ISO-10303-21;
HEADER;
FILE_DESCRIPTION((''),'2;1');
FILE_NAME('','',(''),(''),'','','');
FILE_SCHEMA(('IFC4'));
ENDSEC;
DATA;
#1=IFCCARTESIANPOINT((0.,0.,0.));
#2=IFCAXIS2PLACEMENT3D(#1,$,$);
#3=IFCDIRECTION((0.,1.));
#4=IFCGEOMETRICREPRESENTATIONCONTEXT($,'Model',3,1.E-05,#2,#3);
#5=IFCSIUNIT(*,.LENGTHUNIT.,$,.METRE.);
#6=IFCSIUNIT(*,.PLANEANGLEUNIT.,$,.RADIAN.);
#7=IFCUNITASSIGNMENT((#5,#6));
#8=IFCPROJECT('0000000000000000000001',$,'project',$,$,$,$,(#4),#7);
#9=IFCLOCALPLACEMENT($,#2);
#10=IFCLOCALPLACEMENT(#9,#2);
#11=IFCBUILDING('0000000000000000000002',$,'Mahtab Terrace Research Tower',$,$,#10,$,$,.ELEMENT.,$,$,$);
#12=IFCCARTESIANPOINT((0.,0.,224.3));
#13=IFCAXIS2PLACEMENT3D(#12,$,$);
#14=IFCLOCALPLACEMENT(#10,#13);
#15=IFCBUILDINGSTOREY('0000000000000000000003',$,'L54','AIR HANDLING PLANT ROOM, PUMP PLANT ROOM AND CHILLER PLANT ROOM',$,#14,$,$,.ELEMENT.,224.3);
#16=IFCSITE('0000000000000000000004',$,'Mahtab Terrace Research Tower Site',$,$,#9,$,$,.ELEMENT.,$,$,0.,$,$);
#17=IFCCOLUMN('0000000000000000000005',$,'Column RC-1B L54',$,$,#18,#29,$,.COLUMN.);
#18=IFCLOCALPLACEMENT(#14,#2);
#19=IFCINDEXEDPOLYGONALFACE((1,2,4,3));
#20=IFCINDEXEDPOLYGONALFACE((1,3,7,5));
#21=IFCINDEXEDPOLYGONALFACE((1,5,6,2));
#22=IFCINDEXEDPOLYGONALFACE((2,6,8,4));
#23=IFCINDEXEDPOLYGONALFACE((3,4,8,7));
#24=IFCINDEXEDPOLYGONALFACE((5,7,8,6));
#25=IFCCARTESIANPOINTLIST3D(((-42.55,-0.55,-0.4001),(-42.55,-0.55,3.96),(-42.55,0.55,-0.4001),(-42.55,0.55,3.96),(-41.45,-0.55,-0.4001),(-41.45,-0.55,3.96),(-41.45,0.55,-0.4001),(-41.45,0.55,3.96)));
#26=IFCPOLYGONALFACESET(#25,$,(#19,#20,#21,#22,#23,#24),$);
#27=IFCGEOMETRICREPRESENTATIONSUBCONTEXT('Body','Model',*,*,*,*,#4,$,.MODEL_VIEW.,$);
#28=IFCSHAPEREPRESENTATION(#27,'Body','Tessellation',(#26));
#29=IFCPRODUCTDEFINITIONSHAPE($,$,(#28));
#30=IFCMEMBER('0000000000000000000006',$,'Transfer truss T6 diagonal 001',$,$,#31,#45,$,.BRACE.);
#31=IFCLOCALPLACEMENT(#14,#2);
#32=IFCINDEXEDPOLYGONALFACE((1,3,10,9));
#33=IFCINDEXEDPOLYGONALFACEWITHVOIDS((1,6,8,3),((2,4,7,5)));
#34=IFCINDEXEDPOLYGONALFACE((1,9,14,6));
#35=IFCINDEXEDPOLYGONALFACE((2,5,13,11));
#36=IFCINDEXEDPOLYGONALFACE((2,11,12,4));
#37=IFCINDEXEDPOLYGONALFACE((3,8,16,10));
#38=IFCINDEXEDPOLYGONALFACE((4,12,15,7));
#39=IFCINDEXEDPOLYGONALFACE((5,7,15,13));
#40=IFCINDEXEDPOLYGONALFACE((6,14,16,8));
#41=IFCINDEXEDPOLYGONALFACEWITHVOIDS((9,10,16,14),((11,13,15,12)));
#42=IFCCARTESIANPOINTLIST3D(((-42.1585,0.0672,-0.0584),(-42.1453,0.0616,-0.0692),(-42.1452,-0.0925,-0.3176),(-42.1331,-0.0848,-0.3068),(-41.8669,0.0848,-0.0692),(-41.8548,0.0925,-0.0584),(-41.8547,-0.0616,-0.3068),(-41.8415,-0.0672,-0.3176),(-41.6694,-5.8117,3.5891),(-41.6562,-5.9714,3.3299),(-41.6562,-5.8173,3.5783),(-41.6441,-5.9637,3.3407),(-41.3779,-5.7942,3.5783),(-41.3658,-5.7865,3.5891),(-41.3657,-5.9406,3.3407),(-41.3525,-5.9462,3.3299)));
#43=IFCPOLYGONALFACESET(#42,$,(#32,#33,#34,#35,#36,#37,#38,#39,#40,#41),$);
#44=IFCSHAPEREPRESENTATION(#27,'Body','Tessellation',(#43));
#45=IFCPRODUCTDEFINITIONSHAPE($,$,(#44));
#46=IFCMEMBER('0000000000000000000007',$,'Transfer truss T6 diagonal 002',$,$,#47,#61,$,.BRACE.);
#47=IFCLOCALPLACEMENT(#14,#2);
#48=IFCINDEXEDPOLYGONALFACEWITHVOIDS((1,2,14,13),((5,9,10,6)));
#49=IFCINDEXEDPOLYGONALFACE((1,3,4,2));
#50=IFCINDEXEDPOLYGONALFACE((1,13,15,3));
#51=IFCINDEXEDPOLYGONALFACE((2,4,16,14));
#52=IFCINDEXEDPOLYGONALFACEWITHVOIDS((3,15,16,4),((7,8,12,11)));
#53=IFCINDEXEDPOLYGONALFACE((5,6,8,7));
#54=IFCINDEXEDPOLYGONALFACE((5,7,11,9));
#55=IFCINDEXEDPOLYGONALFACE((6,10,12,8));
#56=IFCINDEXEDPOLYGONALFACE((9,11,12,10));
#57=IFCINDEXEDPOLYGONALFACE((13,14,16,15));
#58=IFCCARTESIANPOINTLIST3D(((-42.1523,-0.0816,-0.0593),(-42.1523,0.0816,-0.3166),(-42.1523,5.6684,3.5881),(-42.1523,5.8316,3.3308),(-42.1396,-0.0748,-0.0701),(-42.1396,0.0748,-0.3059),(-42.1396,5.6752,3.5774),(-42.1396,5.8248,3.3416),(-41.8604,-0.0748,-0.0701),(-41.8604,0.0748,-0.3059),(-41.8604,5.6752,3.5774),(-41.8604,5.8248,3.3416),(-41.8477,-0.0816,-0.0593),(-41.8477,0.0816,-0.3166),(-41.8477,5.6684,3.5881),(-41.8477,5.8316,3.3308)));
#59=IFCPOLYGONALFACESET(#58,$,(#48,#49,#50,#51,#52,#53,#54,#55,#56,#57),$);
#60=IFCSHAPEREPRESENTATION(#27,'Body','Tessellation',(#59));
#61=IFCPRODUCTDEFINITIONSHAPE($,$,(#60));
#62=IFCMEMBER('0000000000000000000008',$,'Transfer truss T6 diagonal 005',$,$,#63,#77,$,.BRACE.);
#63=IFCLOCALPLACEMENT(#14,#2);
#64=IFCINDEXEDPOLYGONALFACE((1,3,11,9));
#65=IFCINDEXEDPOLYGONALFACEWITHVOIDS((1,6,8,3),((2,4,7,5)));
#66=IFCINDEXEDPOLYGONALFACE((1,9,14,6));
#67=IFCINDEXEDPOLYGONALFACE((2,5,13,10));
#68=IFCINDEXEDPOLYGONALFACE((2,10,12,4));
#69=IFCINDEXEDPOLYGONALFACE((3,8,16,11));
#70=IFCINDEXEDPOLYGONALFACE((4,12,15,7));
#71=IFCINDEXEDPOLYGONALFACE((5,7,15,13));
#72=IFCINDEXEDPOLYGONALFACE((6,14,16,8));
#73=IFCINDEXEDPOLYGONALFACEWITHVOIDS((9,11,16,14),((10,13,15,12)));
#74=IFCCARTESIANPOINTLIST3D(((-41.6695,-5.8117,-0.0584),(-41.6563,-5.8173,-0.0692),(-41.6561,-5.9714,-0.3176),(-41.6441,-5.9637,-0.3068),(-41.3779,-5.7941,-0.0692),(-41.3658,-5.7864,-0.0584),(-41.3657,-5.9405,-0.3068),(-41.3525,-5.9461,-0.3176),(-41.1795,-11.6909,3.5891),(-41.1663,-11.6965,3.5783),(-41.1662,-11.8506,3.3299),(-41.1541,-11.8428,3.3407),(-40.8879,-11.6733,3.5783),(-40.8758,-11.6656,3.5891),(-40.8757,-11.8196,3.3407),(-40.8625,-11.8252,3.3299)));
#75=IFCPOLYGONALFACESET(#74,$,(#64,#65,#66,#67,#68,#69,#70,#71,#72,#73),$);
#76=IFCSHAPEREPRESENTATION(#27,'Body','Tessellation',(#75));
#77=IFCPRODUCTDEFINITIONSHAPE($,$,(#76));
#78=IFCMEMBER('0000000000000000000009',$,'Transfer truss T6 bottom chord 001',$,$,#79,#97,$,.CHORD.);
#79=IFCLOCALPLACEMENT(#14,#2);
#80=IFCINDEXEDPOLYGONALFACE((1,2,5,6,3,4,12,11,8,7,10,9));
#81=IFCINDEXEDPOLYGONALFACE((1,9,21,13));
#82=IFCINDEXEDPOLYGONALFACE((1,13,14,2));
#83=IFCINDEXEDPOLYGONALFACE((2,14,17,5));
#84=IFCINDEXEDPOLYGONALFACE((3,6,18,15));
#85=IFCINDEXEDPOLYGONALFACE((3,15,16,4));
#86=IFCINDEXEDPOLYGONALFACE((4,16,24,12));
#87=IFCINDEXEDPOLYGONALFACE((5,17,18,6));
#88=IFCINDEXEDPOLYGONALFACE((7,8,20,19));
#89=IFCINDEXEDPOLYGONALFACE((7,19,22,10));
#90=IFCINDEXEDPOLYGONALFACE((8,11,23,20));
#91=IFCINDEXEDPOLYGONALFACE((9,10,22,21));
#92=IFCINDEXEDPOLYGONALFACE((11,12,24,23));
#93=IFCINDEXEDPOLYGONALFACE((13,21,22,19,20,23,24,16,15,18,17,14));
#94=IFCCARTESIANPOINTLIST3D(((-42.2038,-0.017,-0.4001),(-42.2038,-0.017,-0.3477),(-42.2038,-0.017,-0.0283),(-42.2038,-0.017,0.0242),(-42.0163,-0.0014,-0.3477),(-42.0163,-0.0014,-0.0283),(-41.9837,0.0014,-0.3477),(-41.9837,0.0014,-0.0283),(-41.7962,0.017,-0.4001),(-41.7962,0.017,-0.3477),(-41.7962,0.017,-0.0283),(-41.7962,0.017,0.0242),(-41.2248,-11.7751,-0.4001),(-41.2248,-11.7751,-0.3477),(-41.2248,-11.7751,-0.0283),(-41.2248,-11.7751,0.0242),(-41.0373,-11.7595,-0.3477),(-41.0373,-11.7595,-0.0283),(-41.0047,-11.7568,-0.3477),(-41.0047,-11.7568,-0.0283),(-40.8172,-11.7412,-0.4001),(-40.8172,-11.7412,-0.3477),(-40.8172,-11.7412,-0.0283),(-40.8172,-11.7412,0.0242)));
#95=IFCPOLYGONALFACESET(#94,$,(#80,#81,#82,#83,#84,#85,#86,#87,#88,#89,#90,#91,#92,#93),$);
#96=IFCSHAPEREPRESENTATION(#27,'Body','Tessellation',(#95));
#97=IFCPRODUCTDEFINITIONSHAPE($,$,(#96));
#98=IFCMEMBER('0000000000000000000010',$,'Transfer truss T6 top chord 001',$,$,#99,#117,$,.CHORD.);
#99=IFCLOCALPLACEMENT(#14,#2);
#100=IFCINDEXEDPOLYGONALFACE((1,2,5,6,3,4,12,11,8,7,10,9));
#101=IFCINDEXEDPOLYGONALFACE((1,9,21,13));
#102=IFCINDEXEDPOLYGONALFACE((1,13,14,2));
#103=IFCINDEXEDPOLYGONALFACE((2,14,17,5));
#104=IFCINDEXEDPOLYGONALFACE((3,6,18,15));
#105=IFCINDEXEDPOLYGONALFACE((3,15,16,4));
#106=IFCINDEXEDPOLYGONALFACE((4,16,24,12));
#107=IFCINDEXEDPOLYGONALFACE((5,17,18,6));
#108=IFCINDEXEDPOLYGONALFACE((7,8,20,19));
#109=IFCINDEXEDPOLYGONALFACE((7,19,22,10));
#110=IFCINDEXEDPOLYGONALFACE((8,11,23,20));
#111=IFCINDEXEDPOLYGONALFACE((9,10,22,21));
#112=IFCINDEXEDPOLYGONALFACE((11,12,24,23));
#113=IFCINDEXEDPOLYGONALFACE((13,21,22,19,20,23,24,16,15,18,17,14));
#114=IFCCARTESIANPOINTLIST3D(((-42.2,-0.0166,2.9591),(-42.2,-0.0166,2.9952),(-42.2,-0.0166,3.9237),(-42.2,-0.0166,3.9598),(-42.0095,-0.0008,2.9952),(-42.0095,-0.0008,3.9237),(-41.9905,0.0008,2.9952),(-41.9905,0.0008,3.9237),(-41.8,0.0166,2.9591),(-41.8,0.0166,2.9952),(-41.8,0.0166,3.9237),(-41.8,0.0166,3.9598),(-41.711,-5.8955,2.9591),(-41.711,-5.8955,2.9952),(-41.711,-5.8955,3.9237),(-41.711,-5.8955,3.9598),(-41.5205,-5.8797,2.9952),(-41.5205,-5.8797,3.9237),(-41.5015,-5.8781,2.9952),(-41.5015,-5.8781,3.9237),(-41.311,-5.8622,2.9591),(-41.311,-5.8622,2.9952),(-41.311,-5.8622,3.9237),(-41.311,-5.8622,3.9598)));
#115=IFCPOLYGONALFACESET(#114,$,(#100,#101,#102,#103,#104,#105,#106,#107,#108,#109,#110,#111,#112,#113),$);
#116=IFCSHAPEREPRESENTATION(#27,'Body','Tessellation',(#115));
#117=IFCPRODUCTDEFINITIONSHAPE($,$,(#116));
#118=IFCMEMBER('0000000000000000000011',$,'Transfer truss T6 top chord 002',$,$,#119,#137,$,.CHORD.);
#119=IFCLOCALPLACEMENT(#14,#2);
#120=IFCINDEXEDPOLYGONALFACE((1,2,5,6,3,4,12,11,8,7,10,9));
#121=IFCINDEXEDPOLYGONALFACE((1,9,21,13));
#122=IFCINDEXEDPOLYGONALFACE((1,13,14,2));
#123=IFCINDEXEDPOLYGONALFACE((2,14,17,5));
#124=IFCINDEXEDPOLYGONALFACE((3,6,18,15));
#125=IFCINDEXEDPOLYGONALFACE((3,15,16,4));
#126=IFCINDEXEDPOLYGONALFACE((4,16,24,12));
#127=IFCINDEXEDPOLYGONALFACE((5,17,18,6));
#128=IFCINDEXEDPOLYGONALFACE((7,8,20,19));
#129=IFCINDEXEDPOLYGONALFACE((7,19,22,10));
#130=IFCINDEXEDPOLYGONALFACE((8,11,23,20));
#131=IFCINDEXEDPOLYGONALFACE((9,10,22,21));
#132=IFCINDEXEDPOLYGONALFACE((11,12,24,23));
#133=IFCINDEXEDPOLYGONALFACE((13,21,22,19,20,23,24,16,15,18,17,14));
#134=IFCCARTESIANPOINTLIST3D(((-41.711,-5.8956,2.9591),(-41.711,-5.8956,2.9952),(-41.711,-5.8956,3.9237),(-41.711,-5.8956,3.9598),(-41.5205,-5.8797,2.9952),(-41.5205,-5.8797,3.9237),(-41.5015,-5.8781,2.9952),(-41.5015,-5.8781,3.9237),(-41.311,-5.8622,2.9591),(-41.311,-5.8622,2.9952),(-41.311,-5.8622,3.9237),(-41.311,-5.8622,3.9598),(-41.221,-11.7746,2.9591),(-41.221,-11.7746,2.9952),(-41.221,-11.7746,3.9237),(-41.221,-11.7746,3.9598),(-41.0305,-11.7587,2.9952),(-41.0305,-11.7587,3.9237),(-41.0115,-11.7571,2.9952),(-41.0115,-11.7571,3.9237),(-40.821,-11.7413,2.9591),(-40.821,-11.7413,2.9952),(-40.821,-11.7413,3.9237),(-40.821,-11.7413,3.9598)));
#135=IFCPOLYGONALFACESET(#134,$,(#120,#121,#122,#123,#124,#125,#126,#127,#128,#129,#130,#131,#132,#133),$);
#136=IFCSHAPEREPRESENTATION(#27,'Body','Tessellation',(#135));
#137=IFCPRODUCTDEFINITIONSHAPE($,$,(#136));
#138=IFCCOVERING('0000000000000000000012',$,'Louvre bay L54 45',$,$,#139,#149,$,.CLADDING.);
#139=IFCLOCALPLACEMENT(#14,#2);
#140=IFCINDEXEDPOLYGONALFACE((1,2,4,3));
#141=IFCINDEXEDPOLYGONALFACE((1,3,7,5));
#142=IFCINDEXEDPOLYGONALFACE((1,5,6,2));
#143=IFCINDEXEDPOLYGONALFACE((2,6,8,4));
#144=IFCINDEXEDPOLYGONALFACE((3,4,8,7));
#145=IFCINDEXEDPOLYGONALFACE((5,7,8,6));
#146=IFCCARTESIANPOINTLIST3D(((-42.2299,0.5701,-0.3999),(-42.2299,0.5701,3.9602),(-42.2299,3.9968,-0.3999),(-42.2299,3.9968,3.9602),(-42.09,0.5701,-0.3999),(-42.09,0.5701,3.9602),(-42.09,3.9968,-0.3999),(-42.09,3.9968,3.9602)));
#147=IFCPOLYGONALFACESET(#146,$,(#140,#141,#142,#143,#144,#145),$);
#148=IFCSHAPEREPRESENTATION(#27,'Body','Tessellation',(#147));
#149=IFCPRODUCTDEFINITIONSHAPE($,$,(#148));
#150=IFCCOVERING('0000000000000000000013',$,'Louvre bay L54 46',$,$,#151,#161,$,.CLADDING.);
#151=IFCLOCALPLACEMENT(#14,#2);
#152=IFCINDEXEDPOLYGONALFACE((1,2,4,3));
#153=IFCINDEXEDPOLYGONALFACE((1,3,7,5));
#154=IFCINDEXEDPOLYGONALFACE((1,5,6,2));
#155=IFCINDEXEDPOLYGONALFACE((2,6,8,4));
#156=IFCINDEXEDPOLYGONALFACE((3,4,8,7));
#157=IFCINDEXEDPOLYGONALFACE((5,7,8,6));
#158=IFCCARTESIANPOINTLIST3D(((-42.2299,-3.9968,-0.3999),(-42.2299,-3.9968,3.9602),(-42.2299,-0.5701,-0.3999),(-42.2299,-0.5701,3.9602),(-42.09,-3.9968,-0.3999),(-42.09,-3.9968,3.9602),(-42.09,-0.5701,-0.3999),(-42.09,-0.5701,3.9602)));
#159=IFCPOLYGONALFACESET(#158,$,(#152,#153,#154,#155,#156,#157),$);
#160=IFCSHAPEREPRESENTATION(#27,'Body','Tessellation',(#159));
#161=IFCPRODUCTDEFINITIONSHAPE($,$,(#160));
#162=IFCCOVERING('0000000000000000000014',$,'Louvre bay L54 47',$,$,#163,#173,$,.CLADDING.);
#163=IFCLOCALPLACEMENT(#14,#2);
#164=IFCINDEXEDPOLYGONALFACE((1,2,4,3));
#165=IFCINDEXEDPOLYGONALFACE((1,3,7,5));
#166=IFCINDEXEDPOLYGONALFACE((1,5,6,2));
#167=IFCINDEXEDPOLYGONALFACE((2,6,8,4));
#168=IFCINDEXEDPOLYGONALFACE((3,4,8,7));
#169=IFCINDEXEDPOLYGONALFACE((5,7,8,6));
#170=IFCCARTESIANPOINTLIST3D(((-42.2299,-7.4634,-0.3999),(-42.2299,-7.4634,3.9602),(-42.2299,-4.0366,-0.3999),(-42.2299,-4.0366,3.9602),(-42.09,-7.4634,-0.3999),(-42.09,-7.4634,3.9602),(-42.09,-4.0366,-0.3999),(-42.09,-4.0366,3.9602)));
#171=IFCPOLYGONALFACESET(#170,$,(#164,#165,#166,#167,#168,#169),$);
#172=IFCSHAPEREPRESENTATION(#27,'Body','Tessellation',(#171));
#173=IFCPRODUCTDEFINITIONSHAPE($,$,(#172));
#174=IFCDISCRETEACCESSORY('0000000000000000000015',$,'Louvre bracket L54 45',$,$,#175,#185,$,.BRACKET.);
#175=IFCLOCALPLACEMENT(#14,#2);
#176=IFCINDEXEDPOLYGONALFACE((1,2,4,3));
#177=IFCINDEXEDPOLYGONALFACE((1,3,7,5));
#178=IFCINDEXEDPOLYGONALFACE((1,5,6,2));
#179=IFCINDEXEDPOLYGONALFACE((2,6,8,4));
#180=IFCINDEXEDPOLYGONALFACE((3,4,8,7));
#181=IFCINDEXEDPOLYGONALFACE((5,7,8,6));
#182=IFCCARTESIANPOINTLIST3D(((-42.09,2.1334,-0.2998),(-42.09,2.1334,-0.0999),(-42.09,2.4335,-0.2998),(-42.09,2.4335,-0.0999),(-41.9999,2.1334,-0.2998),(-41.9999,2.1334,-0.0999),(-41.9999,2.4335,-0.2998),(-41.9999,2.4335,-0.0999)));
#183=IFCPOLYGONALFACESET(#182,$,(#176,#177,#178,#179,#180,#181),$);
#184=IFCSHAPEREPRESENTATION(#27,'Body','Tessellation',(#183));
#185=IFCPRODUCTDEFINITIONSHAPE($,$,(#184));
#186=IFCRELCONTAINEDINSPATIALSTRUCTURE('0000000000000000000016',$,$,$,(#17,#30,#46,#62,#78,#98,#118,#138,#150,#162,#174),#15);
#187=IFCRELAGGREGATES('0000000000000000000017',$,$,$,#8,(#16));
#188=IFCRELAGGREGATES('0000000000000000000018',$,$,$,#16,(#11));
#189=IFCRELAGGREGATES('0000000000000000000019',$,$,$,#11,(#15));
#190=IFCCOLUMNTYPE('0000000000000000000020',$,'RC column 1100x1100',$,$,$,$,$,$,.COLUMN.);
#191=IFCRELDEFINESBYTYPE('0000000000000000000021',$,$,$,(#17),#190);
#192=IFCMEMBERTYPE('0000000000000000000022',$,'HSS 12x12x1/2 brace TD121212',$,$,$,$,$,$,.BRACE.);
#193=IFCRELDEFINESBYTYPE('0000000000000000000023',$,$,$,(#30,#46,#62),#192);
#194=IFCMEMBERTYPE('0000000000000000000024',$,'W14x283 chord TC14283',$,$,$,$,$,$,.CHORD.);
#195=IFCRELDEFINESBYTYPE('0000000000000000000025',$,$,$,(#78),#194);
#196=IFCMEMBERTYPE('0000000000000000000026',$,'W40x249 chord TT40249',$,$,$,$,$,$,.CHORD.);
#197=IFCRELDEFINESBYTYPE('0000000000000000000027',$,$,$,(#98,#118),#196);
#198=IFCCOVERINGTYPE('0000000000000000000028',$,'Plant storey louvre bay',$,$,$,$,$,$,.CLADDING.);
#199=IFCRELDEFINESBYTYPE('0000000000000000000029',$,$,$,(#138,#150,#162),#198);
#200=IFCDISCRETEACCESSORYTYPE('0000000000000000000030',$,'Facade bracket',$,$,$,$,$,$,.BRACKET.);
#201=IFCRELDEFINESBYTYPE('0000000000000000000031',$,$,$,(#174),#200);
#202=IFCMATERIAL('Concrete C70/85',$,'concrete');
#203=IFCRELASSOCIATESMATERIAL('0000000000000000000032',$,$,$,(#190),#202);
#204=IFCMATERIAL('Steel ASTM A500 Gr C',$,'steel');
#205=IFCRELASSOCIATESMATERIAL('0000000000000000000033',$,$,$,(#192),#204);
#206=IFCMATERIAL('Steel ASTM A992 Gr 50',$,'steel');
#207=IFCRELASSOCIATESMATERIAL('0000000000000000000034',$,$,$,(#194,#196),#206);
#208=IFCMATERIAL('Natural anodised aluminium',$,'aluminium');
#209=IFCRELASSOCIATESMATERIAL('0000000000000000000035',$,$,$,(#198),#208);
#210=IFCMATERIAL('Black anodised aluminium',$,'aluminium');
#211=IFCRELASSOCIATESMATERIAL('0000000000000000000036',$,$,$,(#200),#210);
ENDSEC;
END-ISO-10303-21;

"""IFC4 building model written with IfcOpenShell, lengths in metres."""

from ifc_helpers import new_model, si_unit, direction, frame, origin, origin_2d, place, context, subcontext, project, spatial, rectangle, hollow_rectangle, i_section, extrude, material, material_profile, profile_set, type_object, element, save


model = new_model("IFC4")

# Units and contexts
model_context = context("Model", 3, precision=1e-05, world=origin(), true_north=direction((0.0, 1.0)))
body_context = subcontext(model_context, "Body", "Model", "MODEL_VIEW")
ifc_project = project(units=[si_unit("LENGTHUNIT", "METRE"), si_unit("PLANEANGLEUNIT", "RADIAN")], contexts=[model_context])

# Site, building, storey
site_placement = place(None, origin())
site = spatial("IfcSite", under=ifc_project, at=site_placement, Name="Mahtab Terrace Research Tower Site", CompositionType="ELEMENT", RefElevation=0.0)
building_placement = place(site_placement, origin())
building = spatial("IfcBuilding", under=site, at=building_placement, Name="Mahtab Terrace Research Tower", CompositionType="ELEMENT")
storey_placement = place(building_placement, frame((0.0, 0.0, 224.3)))
storey = spatial("IfcBuildingStorey", under=building, at=storey_placement, Name="L54", Description="AIR HANDLING PLANT ROOM, PUMP PLANT ROOM AND CHILLER PLANT ROOM", CompositionType="ELEMENT", Elevation=224.3)

# Column
ifc_material_1 = material(Name="Concrete C70/85", Category="concrete")
ifc_material_profile_1 = material_profile(ifc_material_1, rectangle(XDim=1.1001, YDim=1.1001, at=origin_2d()), Name="RC column 1100x1100")
ifc_profile_set_1 = profile_set([ifc_material_profile_1], Name="Concrete C70/85")
column_type = type_object("IfcColumnType", Name="RC column 1100x1100", PredefinedType="COLUMN", material=ifc_profile_set_1)
column_placement = place(storey_placement, frame((-42.0, 0.0, -0.4001), z_axis=(0.0, 0.0, 1.0), x_axis=(1.0, 0.0, 0.0)))
element("IfcColumn", 1, at=column_placement, inside=storey, type_object=column_type, Name="Column RC-1B L54", PredefinedType="COLUMN", context=body_context, shape_type="SweptSolid", body=[
    extrude(rectangle(XDim=1.1001, YDim=1.1001, at=origin_2d()), origin(), (0.0, 0.0, 1.0), 4.3601),
])

# Members
ifc_material_2 = material(Name="Steel ASTM A500 Gr C", Category="steel")
ifc_material_profile_2 = material_profile(ifc_material_2, hollow_rectangle(XDim=0.3047, YDim=0.3047, WallThickness=0.0127, at=origin_2d()), Name="HSS12X12X1/2")
ifc_profile_set_2 = profile_set([ifc_material_profile_2], Name="Steel ASTM A500 Gr C")
member_type_1 = type_object("IfcMemberType", Name="HSS 12x12x1/2 brace TD121212", PredefinedType="BRACE", material=ifc_profile_set_2)
member_1_placement = place(storey_placement, frame((-42.0, 0.0, -0.188), z_axis=(0.070506, -0.847624, 0.525893), x_axis=(0.996558, 0.082895, 0.0)))
element("IfcMember", 2, at=member_1_placement, inside=storey, type_object=member_type_1, Name="Transfer truss T6 diagonal 001", PredefinedType="BRACE", context=body_context, shape_type="SweptSolid", body=[
    extrude(hollow_rectangle(XDim=0.3047, YDim=0.3047, WallThickness=0.0127, at=origin_2d()), origin(), (0.0, 0.0, 1.0), 6.9358),
])
member_2_placement = place(storey_placement, frame((-42.0, 0.0, -0.188), z_axis=(0.0, 0.844434, 0.535659), x_axis=(-1.0, 0.0, 0.0)))
element("IfcMember", 3, at=member_2_placement, inside=storey, type_object=member_type_1, Name="Transfer truss T6 diagonal 002", PredefinedType="BRACE", context=body_context, shape_type="SweptSolid", body=[
    extrude(hollow_rectangle(XDim=0.3047, YDim=0.3047, WallThickness=0.0127, at=origin_2d()), origin(), (0.0, 0.0, 1.0), 6.8093),
])
member_3_placement = place(storey_placement, frame((-41.511, -5.8789, -0.188), z_axis=(0.070644, -0.847625, 0.525872), x_axis=(0.996545, 0.083056, 0.0)))
element("IfcMember", 4, at=member_3_placement, inside=storey, type_object=member_type_1, Name="Transfer truss T6 diagonal 005", PredefinedType="BRACE", context=body_context, shape_type="SweptSolid", body=[
    extrude(hollow_rectangle(XDim=0.3047, YDim=0.3047, WallThickness=0.0127, at=origin_2d()), origin(), (0.0, 0.0, 1.0), 6.936),
])
ifc_material_3 = material(Name="Steel ASTM A992 Gr 50", Category="steel")
ifc_material_profile_3 = material_profile(ifc_material_3, i_section(OverallWidth=0.4089, OverallDepth=0.4243, WebThickness=0.0327, FlangeThickness=0.0525, at=origin_2d()), Name="W14X283")
ifc_profile_set_3 = profile_set([ifc_material_profile_3], Name="Steel ASTM A992 Gr 50")
member_type_2 = type_object("IfcMemberType", Name="W14x283 chord TC14283", PredefinedType="CHORD", material=ifc_profile_set_3)
member_4_placement = place(storey_placement, frame((-42.0, 0.0, -0.188), z_axis=(0.082975, -0.996552, 0.0), x_axis=(0.996552, 0.082975, 0.0)))
element("IfcMember", 5, at=member_4_placement, inside=storey, type_object=member_type_2, Name="Transfer truss T6 bottom chord 001", PredefinedType="CHORD", context=body_context, shape_type="SweptSolid", body=[
    extrude(i_section(OverallWidth=0.4089, OverallDepth=0.4243, WebThickness=0.0327, FlangeThickness=0.0525, at=origin_2d()), origin(), (0.0, 0.0, 1.0), 11.7988),
])
ifc_material_profile_4 = material_profile(ifc_material_3, i_section(OverallWidth=0.4014, OverallDepth=1.0007, WebThickness=0.019, FlangeThickness=0.0361, at=origin_2d()), Name="W40X249")
ifc_profile_set_4 = profile_set([ifc_material_profile_4], Name="Steel ASTM A992 Gr 50")
member_type_3 = type_object("IfcMemberType", Name="W40x249 chord TT40249", PredefinedType="CHORD", material=ifc_profile_set_4)
member_5_placement = place(storey_placement, frame((-42.0, 0.0, 3.4595), z_axis=(0.082895, -0.996558, 0.0), x_axis=(0.996558, 0.082895, 0.0)))
element("IfcMember", 6, at=member_5_placement, inside=storey, type_object=member_type_3, Name="Transfer truss T6 top chord 001", PredefinedType="CHORD", context=body_context, shape_type="SweptSolid", body=[
    extrude(i_section(OverallWidth=0.4014, OverallDepth=1.0007, WebThickness=0.019, FlangeThickness=0.0361, at=origin_2d()), origin(), (0.0, 0.0, 1.0), 5.8992),
])
member_6_placement = place(storey_placement, frame((-41.511, -5.8789, 3.4595), z_axis=(0.083056, -0.996545, 0.0), x_axis=(0.996545, 0.083056, 0.0)))
element("IfcMember", 7, at=member_6_placement, inside=storey, type_object=member_type_3, Name="Transfer truss T6 top chord 002", PredefinedType="CHORD", context=body_context, shape_type="SweptSolid", body=[
    extrude(i_section(OverallWidth=0.4014, OverallDepth=1.0007, WebThickness=0.019, FlangeThickness=0.0361, at=origin_2d()), origin(), (0.0, 0.0, 1.0), 5.8994),
])

# Coverings
ifc_material_4 = material(Name="Natural anodised aluminium", Category="aluminium")
covering_type = type_object("IfcCoveringType", Name="Plant storey louvre bay", PredefinedType="CLADDING", material=ifc_material_4)
for number, where, z_axis, x_axis, name in (
    (8, (-42.1599, 2.2834, -0.3999), (0.0, 0.0, 1.0), (0.0, -1.0, 0.0), "Louvre bay L54 45"),
    (9, (-42.1599, -2.2834, -0.3999), (0.0, 0.0, 1.0), (0.0, -1.0, 0.0), "Louvre bay L54 46"),
    (10, (-42.1599, -5.75, -0.3999), (0.0, 0.0, 1.0), (0.0, -1.0, 0.0), "Louvre bay L54 47"),
):
    element("IfcCovering", number, at=place(storey_placement, frame(where, z_axis=z_axis, x_axis=x_axis)), inside=storey, type_object=covering_type, Name=name, PredefinedType="CLADDING", context=body_context, shape_type="SweptSolid", body=[
        extrude(rectangle(XDim=3.4268, YDim=0.1399, at=origin_2d()), origin(), (0.0, 0.0, 1.0), 4.3601),
    ])

# Discrete accessory
ifc_material_5 = material(Name="Black anodised aluminium", Category="aluminium")
discrete_accessory_type_1 = type_object("IfcDiscreteAccessoryType", Name="Facade bracket", PredefinedType="BRACKET", material=ifc_material_5)
for number, where, z_axis, x_axis, name in (
    (11, (-42.0449, 2.2834, -0.2998), (0.0, 0.0, 1.0), (0.0, -1.0, 0.0), "Louvre bracket L54 45"),
):
    element("IfcDiscreteAccessory", number, at=place(storey_placement, frame(where, z_axis=z_axis, x_axis=x_axis)), inside=storey, type_object=discrete_accessory_type_1, Name=name, PredefinedType="BRACKET", context=body_context, shape_type="SweptSolid", body=[
        extrude(rectangle(XDim=0.3, YDim=0.0901, at=origin_2d()), origin(), (0.0, 0.0, 1.0), 0.2),
    ])

save(model, "model.ifc")
